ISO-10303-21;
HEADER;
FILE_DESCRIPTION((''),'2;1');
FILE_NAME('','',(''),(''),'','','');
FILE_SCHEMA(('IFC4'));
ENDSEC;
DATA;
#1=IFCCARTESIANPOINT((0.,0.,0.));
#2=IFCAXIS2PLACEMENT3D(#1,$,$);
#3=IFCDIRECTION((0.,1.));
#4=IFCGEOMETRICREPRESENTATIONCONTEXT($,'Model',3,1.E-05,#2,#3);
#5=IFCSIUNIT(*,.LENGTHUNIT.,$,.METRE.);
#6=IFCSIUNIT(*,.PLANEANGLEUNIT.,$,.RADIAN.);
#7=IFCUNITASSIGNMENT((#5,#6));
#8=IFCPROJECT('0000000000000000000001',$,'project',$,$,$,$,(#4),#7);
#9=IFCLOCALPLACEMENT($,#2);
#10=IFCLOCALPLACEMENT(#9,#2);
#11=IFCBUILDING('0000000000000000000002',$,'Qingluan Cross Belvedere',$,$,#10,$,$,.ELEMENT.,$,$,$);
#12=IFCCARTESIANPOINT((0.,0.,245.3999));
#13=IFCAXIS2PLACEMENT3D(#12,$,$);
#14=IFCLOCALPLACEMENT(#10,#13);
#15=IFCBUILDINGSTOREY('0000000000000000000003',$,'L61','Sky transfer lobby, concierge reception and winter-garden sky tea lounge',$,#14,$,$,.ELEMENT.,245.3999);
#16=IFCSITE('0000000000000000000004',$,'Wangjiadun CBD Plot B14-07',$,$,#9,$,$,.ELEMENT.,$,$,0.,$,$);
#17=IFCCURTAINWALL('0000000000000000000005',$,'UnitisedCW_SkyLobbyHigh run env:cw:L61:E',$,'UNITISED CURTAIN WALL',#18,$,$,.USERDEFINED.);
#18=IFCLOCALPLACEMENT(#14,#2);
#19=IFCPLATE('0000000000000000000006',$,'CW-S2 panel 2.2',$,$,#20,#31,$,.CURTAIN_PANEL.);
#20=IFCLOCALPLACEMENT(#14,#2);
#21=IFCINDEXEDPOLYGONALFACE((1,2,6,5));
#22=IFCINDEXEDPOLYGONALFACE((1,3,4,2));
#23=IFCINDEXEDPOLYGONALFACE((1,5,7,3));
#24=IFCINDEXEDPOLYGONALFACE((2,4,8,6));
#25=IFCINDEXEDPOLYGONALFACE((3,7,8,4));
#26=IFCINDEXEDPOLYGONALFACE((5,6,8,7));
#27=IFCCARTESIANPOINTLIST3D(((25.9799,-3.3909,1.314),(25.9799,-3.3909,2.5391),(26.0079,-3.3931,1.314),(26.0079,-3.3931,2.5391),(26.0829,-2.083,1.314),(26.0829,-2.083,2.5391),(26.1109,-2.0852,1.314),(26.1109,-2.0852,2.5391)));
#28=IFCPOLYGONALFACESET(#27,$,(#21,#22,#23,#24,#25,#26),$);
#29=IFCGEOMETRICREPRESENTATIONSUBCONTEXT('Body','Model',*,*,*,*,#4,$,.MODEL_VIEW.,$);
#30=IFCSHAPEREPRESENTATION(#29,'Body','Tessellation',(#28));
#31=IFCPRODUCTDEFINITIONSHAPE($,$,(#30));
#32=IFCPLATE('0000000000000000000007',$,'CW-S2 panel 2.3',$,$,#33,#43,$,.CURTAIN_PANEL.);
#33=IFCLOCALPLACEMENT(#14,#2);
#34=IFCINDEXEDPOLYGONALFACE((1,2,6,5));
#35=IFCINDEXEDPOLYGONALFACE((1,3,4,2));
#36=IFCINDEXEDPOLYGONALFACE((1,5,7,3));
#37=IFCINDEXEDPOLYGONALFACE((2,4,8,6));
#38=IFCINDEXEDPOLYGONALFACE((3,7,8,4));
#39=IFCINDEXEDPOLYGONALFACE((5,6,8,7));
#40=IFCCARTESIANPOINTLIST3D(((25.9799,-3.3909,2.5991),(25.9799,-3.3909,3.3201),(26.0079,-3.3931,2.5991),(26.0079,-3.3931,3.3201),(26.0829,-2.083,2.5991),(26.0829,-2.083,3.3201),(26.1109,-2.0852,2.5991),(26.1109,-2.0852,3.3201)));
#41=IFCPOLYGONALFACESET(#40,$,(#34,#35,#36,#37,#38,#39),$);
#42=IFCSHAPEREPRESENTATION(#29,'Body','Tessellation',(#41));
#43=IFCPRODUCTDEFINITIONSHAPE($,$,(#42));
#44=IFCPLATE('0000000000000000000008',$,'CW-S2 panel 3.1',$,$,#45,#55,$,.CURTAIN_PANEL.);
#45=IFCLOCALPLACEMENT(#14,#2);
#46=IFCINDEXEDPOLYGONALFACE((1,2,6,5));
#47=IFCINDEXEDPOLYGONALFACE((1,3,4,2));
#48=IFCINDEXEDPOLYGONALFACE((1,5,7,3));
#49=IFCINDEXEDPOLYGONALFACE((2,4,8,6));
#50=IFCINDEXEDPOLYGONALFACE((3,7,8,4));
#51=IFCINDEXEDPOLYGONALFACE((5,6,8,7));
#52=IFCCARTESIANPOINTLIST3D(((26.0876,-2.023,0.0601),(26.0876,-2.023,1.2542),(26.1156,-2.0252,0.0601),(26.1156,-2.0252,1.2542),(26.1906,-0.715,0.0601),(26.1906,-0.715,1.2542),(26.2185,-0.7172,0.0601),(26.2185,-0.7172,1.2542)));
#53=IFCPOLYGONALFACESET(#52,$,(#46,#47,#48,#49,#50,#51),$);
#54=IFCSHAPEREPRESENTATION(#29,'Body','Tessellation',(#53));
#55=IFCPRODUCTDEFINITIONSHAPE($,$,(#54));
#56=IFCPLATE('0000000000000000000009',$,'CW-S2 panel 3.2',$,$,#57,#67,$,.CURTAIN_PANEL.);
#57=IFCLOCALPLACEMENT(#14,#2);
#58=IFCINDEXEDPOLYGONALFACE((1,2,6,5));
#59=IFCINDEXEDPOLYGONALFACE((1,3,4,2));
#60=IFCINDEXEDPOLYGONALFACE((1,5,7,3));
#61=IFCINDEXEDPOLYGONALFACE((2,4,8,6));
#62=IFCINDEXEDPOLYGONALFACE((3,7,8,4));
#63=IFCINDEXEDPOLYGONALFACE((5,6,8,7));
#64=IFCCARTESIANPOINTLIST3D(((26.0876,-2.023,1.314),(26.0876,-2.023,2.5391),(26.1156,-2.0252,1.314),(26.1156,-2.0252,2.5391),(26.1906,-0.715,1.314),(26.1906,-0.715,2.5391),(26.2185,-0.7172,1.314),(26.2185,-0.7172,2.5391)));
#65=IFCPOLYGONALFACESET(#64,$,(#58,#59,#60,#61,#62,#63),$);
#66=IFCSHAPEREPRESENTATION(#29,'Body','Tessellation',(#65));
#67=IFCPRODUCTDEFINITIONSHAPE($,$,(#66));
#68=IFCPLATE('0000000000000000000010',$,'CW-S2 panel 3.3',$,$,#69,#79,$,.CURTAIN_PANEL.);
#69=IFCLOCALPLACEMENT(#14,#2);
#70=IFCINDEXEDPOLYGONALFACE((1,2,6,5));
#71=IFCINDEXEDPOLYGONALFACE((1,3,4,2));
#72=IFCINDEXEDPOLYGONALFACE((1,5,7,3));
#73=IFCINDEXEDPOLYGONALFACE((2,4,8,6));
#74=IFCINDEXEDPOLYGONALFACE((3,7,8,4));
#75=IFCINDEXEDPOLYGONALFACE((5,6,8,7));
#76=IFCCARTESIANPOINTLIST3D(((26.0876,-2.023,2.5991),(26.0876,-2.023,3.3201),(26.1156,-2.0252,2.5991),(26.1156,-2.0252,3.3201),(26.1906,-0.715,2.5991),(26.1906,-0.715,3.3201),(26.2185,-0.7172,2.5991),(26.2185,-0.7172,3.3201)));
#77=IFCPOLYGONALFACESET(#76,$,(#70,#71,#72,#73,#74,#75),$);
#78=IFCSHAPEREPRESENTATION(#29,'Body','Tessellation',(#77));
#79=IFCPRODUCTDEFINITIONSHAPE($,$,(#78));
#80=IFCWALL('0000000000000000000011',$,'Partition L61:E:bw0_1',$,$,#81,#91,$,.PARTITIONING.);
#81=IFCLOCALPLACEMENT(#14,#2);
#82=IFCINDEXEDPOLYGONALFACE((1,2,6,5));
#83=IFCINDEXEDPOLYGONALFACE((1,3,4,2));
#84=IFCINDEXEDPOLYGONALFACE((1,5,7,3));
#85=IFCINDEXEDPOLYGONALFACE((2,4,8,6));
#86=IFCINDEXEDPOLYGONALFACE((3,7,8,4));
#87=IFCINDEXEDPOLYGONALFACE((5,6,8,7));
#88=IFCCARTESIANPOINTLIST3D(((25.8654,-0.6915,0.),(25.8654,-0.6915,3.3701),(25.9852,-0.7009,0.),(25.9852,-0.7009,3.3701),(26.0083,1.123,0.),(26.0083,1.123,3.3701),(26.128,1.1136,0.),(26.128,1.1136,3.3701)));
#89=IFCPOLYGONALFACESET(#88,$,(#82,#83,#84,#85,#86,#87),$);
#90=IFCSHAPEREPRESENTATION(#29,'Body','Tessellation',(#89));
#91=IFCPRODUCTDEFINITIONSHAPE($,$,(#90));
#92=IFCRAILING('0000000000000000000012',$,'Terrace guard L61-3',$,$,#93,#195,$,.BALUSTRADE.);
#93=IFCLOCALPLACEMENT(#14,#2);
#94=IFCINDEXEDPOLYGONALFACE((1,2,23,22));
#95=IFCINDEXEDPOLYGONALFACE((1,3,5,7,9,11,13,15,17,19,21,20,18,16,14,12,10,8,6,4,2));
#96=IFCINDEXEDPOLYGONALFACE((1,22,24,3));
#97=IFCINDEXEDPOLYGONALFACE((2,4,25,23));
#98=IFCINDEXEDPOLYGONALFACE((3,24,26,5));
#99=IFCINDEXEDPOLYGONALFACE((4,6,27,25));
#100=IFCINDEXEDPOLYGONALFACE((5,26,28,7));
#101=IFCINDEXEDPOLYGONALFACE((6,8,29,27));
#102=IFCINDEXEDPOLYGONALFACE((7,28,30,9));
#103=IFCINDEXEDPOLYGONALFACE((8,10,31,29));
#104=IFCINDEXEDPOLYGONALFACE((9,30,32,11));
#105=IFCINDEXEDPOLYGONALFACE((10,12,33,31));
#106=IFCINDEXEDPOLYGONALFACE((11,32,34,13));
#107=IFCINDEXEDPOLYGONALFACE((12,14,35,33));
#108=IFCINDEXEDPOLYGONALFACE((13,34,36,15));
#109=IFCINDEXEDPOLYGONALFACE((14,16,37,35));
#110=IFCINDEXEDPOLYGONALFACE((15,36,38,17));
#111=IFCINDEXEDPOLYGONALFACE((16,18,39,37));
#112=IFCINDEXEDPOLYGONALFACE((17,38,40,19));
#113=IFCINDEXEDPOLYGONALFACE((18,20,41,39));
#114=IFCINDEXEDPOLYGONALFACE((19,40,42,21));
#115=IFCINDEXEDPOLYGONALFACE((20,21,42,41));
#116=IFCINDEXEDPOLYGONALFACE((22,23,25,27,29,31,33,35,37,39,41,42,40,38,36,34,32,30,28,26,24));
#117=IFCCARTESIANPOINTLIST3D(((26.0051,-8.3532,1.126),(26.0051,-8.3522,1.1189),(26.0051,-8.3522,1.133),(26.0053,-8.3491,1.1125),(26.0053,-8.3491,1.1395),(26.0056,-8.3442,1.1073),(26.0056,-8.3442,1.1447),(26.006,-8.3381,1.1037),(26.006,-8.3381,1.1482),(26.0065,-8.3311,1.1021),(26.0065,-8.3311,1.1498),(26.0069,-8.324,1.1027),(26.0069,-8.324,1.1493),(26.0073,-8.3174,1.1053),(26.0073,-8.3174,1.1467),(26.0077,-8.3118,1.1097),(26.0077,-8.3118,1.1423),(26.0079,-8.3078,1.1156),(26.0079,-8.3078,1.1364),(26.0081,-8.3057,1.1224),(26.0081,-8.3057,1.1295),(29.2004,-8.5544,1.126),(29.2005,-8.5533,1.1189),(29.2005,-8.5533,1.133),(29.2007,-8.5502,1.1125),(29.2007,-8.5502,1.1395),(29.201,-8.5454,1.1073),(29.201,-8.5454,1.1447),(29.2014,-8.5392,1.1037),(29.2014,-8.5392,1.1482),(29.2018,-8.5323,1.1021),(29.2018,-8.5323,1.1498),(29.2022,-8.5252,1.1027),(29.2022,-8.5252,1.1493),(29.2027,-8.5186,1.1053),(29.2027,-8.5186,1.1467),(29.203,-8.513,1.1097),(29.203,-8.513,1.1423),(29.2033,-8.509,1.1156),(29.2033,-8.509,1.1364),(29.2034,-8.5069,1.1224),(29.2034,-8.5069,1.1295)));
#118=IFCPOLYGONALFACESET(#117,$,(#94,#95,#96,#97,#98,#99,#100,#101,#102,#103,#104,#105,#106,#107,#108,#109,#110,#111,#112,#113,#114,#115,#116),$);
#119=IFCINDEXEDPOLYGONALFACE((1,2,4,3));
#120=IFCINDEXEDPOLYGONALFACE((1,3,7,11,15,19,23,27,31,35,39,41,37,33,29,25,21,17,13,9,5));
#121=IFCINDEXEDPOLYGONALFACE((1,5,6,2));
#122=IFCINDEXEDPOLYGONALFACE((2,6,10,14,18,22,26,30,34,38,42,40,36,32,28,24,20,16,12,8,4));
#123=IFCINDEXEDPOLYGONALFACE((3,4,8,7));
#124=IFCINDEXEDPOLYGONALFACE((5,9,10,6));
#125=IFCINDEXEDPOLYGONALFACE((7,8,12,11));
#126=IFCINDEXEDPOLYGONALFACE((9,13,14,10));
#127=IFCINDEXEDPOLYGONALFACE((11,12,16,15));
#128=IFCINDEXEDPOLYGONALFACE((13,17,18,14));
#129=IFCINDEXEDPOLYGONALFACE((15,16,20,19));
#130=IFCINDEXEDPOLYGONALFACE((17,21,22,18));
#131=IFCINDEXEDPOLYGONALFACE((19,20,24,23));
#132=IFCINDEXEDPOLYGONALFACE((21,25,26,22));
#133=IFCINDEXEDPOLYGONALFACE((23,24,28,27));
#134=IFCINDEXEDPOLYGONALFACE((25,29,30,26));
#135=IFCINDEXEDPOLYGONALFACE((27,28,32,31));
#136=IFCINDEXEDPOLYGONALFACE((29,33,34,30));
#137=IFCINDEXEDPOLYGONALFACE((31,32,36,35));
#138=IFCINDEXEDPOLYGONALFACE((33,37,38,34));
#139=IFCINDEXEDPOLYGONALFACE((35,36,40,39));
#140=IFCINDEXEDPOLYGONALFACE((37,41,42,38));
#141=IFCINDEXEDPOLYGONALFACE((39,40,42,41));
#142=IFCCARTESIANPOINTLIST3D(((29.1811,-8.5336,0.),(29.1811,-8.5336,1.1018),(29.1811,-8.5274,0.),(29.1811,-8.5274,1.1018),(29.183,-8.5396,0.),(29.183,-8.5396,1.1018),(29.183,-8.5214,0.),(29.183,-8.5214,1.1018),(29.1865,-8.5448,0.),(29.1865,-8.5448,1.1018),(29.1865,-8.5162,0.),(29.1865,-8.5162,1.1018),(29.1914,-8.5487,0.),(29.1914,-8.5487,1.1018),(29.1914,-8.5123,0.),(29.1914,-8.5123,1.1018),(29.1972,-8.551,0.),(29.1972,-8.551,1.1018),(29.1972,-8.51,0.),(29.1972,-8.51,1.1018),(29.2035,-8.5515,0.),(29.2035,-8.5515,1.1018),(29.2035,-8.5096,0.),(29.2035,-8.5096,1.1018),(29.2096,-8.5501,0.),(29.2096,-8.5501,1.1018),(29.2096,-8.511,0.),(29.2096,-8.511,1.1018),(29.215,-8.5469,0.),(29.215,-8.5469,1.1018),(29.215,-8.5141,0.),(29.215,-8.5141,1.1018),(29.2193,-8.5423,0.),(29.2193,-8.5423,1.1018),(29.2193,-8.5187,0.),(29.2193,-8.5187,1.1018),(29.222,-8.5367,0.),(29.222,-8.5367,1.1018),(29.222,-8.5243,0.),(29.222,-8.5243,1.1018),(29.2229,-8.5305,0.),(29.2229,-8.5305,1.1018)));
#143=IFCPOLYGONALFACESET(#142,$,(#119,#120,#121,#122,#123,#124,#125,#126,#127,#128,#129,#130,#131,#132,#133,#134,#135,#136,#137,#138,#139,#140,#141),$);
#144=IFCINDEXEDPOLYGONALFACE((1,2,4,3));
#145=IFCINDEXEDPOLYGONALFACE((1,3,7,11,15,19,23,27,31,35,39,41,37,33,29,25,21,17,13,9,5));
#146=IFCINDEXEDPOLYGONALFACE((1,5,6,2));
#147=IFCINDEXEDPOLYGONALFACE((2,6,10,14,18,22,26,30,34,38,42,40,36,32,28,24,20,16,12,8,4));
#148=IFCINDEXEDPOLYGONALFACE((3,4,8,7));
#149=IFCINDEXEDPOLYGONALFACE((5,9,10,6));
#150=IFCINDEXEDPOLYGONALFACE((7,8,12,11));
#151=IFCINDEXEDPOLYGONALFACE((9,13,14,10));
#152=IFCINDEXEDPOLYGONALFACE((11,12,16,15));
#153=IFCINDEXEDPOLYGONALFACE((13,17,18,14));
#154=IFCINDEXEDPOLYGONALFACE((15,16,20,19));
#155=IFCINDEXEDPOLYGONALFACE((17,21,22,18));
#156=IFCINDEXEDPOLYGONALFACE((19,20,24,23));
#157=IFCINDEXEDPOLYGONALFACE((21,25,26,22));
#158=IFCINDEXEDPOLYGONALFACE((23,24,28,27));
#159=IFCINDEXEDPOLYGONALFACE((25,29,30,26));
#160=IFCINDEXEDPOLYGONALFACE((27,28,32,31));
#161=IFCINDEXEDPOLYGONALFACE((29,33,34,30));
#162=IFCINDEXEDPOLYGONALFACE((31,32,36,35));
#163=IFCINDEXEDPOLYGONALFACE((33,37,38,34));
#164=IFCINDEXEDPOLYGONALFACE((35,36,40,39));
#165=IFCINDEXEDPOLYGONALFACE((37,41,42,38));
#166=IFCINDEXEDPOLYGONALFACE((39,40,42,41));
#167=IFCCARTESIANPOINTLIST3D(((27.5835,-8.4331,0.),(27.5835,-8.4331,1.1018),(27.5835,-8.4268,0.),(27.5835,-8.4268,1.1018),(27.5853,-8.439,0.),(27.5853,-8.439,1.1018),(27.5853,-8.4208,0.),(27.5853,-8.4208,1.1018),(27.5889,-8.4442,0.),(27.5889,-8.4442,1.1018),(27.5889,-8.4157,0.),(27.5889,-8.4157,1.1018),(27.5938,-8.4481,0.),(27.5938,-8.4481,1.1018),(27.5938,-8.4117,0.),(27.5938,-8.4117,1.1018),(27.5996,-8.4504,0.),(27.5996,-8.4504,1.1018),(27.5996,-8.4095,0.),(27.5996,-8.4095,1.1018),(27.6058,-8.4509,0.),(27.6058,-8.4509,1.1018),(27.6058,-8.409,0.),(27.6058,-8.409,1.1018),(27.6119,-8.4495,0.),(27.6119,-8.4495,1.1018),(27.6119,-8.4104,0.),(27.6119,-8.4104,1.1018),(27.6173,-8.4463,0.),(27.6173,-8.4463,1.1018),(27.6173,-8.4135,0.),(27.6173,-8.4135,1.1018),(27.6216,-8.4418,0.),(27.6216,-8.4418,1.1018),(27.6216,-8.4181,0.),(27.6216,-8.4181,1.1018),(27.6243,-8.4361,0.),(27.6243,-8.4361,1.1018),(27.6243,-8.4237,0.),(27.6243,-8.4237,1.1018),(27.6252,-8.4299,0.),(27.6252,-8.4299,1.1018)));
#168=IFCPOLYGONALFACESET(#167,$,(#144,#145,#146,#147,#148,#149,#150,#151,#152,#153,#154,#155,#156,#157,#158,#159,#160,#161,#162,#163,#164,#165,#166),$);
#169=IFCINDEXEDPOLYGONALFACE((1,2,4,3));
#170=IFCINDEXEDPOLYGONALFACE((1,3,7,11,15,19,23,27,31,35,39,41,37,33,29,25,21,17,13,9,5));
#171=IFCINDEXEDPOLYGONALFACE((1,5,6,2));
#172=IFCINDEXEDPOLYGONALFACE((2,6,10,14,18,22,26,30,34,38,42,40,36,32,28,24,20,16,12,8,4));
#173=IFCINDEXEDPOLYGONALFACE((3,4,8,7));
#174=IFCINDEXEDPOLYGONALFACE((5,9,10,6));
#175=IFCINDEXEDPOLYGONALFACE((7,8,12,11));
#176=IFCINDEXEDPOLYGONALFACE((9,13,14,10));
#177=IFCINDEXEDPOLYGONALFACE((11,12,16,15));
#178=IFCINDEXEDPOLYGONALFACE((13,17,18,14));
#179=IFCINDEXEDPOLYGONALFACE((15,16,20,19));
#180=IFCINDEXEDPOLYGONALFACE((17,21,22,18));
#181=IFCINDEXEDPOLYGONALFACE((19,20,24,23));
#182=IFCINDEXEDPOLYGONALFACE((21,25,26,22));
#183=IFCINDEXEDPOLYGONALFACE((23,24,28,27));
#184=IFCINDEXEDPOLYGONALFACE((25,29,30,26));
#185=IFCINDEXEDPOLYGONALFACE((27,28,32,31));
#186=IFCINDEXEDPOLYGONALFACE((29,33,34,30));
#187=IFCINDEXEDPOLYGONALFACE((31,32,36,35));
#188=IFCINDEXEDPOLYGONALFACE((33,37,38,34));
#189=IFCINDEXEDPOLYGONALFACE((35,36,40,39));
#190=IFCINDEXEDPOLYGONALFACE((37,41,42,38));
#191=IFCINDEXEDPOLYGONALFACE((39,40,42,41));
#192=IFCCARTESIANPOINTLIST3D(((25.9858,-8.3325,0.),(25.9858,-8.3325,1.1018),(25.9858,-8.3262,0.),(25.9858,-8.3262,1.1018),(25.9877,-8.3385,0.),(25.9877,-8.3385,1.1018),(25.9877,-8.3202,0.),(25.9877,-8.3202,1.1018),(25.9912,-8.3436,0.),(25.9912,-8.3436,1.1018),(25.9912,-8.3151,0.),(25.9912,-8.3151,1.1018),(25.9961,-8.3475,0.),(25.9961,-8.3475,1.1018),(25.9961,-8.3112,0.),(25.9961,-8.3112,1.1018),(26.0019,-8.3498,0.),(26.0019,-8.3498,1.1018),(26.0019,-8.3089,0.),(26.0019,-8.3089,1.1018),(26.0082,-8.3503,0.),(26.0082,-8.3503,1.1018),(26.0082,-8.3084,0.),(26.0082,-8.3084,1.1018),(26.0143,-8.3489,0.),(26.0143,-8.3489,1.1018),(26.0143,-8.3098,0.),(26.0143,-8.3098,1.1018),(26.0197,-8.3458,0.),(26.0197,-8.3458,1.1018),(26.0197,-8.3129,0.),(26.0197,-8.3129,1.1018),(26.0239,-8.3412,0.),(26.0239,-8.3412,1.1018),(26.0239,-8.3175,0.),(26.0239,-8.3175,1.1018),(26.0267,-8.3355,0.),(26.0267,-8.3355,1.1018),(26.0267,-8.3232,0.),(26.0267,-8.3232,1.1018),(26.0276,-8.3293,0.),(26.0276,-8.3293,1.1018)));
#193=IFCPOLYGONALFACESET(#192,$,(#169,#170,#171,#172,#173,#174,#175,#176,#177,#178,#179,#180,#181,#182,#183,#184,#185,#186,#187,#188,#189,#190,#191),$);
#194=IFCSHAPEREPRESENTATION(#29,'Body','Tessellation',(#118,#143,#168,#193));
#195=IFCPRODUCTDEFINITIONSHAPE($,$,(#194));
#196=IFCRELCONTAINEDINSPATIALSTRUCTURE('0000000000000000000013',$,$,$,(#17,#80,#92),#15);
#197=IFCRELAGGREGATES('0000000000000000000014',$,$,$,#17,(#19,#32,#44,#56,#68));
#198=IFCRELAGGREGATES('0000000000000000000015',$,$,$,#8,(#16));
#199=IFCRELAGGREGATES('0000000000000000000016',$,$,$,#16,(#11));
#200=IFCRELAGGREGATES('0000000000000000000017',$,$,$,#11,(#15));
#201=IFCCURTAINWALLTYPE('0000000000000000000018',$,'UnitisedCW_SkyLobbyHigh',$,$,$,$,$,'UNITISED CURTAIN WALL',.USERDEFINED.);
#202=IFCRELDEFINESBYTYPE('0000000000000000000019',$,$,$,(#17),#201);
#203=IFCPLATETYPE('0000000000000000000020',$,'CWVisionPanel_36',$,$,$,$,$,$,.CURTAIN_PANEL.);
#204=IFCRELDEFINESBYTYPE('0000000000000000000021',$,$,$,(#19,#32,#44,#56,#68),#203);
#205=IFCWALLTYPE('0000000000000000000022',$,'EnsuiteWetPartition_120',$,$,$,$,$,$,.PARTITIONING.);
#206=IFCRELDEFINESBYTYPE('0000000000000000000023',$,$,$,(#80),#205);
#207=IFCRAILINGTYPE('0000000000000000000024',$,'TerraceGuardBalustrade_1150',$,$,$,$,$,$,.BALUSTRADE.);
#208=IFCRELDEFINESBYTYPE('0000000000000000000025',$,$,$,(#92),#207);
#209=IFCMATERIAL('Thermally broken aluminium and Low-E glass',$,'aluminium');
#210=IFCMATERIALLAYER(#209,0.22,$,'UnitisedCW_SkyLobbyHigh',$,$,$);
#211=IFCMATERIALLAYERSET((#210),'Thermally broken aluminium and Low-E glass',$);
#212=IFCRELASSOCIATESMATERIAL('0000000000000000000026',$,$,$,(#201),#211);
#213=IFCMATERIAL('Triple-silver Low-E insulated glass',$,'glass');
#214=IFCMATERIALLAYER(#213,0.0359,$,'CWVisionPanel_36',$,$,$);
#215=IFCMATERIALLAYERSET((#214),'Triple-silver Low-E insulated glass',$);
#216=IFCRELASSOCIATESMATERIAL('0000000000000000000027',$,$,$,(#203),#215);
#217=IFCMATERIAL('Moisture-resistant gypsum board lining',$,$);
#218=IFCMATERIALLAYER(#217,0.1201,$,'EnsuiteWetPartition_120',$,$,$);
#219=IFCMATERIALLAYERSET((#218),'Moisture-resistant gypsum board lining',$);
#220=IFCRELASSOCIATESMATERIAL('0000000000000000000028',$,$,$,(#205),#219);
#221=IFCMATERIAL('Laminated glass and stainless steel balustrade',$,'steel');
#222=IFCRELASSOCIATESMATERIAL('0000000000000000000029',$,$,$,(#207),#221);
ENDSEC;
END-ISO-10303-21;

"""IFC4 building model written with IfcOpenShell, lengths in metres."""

from ifc_helpers import new_model, si_unit, direction, frame, frame_2d, origin, origin_2d, place, context, subcontext, project, spatial, rectangle, circle, extrude, material, layer, layer_set, type_object, element, aggregate, save


model = new_model("IFC4")

# Units and contexts
model_context = context("Model", 3, precision=1e-05, world=origin(), true_north=direction((0.0, 1.0)))
body_context = subcontext(model_context, "Body", "Model", "MODEL_VIEW")
ifc_project = project(units=[si_unit("LENGTHUNIT", "METRE"), si_unit("PLANEANGLEUNIT", "RADIAN")], contexts=[model_context])

# Site, building, storey
site_placement = place(None, origin())
site = spatial("IfcSite", under=ifc_project, at=site_placement, Name="Wangjiadun CBD Plot B14-07", CompositionType="ELEMENT", RefElevation=0.0)
building_placement = place(site_placement, origin())
building = spatial("IfcBuilding", under=site, at=building_placement, Name="Qingluan Cross Belvedere", CompositionType="ELEMENT")
storey_placement = place(building_placement, frame((0.0, 0.0, 245.3999)))
storey = spatial("IfcBuildingStorey", under=building, at=storey_placement, Name="L61", Description="Sky transfer lobby, concierge reception and winter-garden sky tea lounge", CompositionType="ELEMENT", Elevation=245.3999)

# Curtain wall, plates
ifc_material_1 = material(Name="Thermally broken aluminium and Low-E glass", Category="aluminium")
ifc_layer_1 = layer(ifc_material_1, 0.22, Name="UnitisedCW_SkyLobbyHigh")
ifc_layer_set_1 = layer_set([ifc_layer_1], Name="Thermally broken aluminium and Low-E glass")
curtain_wall_type = type_object("IfcCurtainWallType", Name="UnitisedCW_SkyLobbyHigh", ElementType="UNITISED CURTAIN WALL", PredefinedType="USERDEFINED", material=ifc_layer_set_1)
curtain_wall_placement = place(storey_placement, origin())
curtain_wall = element("IfcCurtainWall", 1, at=curtain_wall_placement, inside=storey, type_object=curtain_wall_type, Name="UnitisedCW_SkyLobbyHigh run env:cw:L61:E", ObjectType="UNITISED CURTAIN WALL", PredefinedType="USERDEFINED")
ifc_material_2 = material(Name="Triple-silver Low-E insulated glass", Category="glass")
ifc_layer_2 = layer(ifc_material_2, 0.0359, Name="CWVisionPanel_36")
ifc_layer_set_2 = layer_set([ifc_layer_2], Name="Triple-silver Low-E insulated glass")
plate_type = type_object("IfcPlateType", Name="CWVisionPanel_36", PredefinedType="CURTAIN_PANEL", material=ifc_layer_set_2)
plate_1_placement = place(storey_placement, frame((26.0454, -2.738, 1.314), z_axis=(0.0, 0.0, 1.0), x_axis=(0.078462, 0.996917, 0.0)))
plate_1 = element("IfcPlate", 2, at=plate_1_placement, type_object=plate_type, Name="CW-S2 panel 2.2", PredefinedType="CURTAIN_PANEL", context=body_context, shape_type="SweptSolid", body=[
    extrude(rectangle(XDim=1.312, YDim=0.0281, at=origin_2d()), origin(), (0.0, 0.0, 1.0), 1.2251),
])
plate_2_placement = place(storey_placement, frame((26.0454, -2.738, 2.5991), z_axis=(0.0, 0.0, 1.0), x_axis=(0.078462, 0.996917, 0.0)))
plate_2 = element("IfcPlate", 3, at=plate_2_placement, type_object=plate_type, Name="CW-S2 panel 2.3", PredefinedType="CURTAIN_PANEL", context=body_context, shape_type="SweptSolid", body=[
    extrude(rectangle(XDim=1.312, YDim=0.0281, at=origin_2d()), origin(), (0.0, 0.0, 1.0), 0.7209),
])
plate_3_placement = place(storey_placement, frame((26.1531, -1.3701, 0.0601), z_axis=(0.0, 0.0, 1.0), x_axis=(0.078462, 0.996917, 0.0)))
plate_3 = element("IfcPlate", 4, at=plate_3_placement, type_object=plate_type, Name="CW-S2 panel 3.1", PredefinedType="CURTAIN_PANEL", context=body_context, shape_type="SweptSolid", body=[
    extrude(rectangle(XDim=1.312, YDim=0.0281, at=origin_2d()), origin(), (0.0, 0.0, 1.0), 1.1941),
])
plate_4_placement = place(storey_placement, frame((26.1531, -1.3701, 1.314), z_axis=(0.0, 0.0, 1.0), x_axis=(0.078462, 0.996917, 0.0)))
plate_4 = element("IfcPlate", 5, at=plate_4_placement, type_object=plate_type, Name="CW-S2 panel 3.2", PredefinedType="CURTAIN_PANEL", context=body_context, shape_type="SweptSolid", body=[
    extrude(rectangle(XDim=1.312, YDim=0.0281, at=origin_2d()), origin(), (0.0, 0.0, 1.0), 1.2251),
])
plate_5_placement = place(storey_placement, frame((26.1531, -1.3701, 2.5991), z_axis=(0.0, 0.0, 1.0), x_axis=(0.078462, 0.996917, 0.0)))
plate_5 = element("IfcPlate", 6, at=plate_5_placement, type_object=plate_type, Name="CW-S2 panel 3.3", PredefinedType="CURTAIN_PANEL", context=body_context, shape_type="SweptSolid", body=[
    extrude(rectangle(XDim=1.312, YDim=0.0281, at=origin_2d()), origin(), (0.0, 0.0, 1.0), 0.7209),
])
aggregate(curtain_wall, [plate_1, plate_2, plate_3, plate_4, plate_5])

# Wall
ifc_material_3 = material(Name="Moisture-resistant gypsum board lining")
ifc_layer_3 = layer(ifc_material_3, 0.1201, Name="EnsuiteWetPartition_120")
ifc_layer_set_3 = layer_set([ifc_layer_3], Name="Moisture-resistant gypsum board lining")
wall_type = type_object("IfcWallType", Name="EnsuiteWetPartition_120", PredefinedType="PARTITIONING", material=ifc_layer_set_3)
wall_placement = place(storey_placement, frame((25.9253, -0.6963, 0.0), z_axis=(0.0, 0.0, 1.0), x_axis=(0.078471, 0.996916, 0.0)))
element("IfcWall", 7, at=wall_placement, inside=storey, type_object=wall_type, Name="Partition L61:E:bw0_1", PredefinedType="PARTITIONING", context=body_context, shape_type="SweptSolid", body=[
    extrude(rectangle(XDim=1.8201, YDim=0.1201, at=frame_2d((0.9102, 0.0))), origin(), (0.0, 0.0, 1.0), 3.3701),
])

# Railing
ifc_material_4 = material(Name="Laminated glass and stainless steel balustrade", Category="steel")
railing_type = type_object("IfcRailingType", Name="TerraceGuardBalustrade_1150", PredefinedType="BALUSTRADE", material=ifc_material_4)
railing_placement = place(storey_placement, frame((29.2019, -8.5305, 0.0)))
element("IfcRailing", 8, at=railing_placement, inside=storey, type_object=railing_type, Name="Terrace guard L61-3", PredefinedType="BALUSTRADE", context=body_context, shape_type="SweptSolid", body=[
    extrude(circle(Radius=0.0239, at=origin_2d()), frame((0.0, 0.0, 1.126), z_axis=(-0.998024, 0.062834, 0.0), x_axis=(-0.062834, -0.998024, 0.0)), (0.0, 0.0, 1.0), 3.2017),
    extrude(circle(Radius=0.021, at=origin_2d()), origin(), (0.0, 0.0, 1.0), 1.1018),
    extrude(circle(Radius=0.021, at=origin_2d()), frame((-1.5977, 0.1006, 0.0)), (0.0, 0.0, 1.0), 1.1018),
    extrude(circle(Radius=0.021, at=origin_2d()), frame((-3.1953, 0.2012, 0.0)), (0.0, 0.0, 1.0), 1.1018),
])

save(model, "model.ifc")
